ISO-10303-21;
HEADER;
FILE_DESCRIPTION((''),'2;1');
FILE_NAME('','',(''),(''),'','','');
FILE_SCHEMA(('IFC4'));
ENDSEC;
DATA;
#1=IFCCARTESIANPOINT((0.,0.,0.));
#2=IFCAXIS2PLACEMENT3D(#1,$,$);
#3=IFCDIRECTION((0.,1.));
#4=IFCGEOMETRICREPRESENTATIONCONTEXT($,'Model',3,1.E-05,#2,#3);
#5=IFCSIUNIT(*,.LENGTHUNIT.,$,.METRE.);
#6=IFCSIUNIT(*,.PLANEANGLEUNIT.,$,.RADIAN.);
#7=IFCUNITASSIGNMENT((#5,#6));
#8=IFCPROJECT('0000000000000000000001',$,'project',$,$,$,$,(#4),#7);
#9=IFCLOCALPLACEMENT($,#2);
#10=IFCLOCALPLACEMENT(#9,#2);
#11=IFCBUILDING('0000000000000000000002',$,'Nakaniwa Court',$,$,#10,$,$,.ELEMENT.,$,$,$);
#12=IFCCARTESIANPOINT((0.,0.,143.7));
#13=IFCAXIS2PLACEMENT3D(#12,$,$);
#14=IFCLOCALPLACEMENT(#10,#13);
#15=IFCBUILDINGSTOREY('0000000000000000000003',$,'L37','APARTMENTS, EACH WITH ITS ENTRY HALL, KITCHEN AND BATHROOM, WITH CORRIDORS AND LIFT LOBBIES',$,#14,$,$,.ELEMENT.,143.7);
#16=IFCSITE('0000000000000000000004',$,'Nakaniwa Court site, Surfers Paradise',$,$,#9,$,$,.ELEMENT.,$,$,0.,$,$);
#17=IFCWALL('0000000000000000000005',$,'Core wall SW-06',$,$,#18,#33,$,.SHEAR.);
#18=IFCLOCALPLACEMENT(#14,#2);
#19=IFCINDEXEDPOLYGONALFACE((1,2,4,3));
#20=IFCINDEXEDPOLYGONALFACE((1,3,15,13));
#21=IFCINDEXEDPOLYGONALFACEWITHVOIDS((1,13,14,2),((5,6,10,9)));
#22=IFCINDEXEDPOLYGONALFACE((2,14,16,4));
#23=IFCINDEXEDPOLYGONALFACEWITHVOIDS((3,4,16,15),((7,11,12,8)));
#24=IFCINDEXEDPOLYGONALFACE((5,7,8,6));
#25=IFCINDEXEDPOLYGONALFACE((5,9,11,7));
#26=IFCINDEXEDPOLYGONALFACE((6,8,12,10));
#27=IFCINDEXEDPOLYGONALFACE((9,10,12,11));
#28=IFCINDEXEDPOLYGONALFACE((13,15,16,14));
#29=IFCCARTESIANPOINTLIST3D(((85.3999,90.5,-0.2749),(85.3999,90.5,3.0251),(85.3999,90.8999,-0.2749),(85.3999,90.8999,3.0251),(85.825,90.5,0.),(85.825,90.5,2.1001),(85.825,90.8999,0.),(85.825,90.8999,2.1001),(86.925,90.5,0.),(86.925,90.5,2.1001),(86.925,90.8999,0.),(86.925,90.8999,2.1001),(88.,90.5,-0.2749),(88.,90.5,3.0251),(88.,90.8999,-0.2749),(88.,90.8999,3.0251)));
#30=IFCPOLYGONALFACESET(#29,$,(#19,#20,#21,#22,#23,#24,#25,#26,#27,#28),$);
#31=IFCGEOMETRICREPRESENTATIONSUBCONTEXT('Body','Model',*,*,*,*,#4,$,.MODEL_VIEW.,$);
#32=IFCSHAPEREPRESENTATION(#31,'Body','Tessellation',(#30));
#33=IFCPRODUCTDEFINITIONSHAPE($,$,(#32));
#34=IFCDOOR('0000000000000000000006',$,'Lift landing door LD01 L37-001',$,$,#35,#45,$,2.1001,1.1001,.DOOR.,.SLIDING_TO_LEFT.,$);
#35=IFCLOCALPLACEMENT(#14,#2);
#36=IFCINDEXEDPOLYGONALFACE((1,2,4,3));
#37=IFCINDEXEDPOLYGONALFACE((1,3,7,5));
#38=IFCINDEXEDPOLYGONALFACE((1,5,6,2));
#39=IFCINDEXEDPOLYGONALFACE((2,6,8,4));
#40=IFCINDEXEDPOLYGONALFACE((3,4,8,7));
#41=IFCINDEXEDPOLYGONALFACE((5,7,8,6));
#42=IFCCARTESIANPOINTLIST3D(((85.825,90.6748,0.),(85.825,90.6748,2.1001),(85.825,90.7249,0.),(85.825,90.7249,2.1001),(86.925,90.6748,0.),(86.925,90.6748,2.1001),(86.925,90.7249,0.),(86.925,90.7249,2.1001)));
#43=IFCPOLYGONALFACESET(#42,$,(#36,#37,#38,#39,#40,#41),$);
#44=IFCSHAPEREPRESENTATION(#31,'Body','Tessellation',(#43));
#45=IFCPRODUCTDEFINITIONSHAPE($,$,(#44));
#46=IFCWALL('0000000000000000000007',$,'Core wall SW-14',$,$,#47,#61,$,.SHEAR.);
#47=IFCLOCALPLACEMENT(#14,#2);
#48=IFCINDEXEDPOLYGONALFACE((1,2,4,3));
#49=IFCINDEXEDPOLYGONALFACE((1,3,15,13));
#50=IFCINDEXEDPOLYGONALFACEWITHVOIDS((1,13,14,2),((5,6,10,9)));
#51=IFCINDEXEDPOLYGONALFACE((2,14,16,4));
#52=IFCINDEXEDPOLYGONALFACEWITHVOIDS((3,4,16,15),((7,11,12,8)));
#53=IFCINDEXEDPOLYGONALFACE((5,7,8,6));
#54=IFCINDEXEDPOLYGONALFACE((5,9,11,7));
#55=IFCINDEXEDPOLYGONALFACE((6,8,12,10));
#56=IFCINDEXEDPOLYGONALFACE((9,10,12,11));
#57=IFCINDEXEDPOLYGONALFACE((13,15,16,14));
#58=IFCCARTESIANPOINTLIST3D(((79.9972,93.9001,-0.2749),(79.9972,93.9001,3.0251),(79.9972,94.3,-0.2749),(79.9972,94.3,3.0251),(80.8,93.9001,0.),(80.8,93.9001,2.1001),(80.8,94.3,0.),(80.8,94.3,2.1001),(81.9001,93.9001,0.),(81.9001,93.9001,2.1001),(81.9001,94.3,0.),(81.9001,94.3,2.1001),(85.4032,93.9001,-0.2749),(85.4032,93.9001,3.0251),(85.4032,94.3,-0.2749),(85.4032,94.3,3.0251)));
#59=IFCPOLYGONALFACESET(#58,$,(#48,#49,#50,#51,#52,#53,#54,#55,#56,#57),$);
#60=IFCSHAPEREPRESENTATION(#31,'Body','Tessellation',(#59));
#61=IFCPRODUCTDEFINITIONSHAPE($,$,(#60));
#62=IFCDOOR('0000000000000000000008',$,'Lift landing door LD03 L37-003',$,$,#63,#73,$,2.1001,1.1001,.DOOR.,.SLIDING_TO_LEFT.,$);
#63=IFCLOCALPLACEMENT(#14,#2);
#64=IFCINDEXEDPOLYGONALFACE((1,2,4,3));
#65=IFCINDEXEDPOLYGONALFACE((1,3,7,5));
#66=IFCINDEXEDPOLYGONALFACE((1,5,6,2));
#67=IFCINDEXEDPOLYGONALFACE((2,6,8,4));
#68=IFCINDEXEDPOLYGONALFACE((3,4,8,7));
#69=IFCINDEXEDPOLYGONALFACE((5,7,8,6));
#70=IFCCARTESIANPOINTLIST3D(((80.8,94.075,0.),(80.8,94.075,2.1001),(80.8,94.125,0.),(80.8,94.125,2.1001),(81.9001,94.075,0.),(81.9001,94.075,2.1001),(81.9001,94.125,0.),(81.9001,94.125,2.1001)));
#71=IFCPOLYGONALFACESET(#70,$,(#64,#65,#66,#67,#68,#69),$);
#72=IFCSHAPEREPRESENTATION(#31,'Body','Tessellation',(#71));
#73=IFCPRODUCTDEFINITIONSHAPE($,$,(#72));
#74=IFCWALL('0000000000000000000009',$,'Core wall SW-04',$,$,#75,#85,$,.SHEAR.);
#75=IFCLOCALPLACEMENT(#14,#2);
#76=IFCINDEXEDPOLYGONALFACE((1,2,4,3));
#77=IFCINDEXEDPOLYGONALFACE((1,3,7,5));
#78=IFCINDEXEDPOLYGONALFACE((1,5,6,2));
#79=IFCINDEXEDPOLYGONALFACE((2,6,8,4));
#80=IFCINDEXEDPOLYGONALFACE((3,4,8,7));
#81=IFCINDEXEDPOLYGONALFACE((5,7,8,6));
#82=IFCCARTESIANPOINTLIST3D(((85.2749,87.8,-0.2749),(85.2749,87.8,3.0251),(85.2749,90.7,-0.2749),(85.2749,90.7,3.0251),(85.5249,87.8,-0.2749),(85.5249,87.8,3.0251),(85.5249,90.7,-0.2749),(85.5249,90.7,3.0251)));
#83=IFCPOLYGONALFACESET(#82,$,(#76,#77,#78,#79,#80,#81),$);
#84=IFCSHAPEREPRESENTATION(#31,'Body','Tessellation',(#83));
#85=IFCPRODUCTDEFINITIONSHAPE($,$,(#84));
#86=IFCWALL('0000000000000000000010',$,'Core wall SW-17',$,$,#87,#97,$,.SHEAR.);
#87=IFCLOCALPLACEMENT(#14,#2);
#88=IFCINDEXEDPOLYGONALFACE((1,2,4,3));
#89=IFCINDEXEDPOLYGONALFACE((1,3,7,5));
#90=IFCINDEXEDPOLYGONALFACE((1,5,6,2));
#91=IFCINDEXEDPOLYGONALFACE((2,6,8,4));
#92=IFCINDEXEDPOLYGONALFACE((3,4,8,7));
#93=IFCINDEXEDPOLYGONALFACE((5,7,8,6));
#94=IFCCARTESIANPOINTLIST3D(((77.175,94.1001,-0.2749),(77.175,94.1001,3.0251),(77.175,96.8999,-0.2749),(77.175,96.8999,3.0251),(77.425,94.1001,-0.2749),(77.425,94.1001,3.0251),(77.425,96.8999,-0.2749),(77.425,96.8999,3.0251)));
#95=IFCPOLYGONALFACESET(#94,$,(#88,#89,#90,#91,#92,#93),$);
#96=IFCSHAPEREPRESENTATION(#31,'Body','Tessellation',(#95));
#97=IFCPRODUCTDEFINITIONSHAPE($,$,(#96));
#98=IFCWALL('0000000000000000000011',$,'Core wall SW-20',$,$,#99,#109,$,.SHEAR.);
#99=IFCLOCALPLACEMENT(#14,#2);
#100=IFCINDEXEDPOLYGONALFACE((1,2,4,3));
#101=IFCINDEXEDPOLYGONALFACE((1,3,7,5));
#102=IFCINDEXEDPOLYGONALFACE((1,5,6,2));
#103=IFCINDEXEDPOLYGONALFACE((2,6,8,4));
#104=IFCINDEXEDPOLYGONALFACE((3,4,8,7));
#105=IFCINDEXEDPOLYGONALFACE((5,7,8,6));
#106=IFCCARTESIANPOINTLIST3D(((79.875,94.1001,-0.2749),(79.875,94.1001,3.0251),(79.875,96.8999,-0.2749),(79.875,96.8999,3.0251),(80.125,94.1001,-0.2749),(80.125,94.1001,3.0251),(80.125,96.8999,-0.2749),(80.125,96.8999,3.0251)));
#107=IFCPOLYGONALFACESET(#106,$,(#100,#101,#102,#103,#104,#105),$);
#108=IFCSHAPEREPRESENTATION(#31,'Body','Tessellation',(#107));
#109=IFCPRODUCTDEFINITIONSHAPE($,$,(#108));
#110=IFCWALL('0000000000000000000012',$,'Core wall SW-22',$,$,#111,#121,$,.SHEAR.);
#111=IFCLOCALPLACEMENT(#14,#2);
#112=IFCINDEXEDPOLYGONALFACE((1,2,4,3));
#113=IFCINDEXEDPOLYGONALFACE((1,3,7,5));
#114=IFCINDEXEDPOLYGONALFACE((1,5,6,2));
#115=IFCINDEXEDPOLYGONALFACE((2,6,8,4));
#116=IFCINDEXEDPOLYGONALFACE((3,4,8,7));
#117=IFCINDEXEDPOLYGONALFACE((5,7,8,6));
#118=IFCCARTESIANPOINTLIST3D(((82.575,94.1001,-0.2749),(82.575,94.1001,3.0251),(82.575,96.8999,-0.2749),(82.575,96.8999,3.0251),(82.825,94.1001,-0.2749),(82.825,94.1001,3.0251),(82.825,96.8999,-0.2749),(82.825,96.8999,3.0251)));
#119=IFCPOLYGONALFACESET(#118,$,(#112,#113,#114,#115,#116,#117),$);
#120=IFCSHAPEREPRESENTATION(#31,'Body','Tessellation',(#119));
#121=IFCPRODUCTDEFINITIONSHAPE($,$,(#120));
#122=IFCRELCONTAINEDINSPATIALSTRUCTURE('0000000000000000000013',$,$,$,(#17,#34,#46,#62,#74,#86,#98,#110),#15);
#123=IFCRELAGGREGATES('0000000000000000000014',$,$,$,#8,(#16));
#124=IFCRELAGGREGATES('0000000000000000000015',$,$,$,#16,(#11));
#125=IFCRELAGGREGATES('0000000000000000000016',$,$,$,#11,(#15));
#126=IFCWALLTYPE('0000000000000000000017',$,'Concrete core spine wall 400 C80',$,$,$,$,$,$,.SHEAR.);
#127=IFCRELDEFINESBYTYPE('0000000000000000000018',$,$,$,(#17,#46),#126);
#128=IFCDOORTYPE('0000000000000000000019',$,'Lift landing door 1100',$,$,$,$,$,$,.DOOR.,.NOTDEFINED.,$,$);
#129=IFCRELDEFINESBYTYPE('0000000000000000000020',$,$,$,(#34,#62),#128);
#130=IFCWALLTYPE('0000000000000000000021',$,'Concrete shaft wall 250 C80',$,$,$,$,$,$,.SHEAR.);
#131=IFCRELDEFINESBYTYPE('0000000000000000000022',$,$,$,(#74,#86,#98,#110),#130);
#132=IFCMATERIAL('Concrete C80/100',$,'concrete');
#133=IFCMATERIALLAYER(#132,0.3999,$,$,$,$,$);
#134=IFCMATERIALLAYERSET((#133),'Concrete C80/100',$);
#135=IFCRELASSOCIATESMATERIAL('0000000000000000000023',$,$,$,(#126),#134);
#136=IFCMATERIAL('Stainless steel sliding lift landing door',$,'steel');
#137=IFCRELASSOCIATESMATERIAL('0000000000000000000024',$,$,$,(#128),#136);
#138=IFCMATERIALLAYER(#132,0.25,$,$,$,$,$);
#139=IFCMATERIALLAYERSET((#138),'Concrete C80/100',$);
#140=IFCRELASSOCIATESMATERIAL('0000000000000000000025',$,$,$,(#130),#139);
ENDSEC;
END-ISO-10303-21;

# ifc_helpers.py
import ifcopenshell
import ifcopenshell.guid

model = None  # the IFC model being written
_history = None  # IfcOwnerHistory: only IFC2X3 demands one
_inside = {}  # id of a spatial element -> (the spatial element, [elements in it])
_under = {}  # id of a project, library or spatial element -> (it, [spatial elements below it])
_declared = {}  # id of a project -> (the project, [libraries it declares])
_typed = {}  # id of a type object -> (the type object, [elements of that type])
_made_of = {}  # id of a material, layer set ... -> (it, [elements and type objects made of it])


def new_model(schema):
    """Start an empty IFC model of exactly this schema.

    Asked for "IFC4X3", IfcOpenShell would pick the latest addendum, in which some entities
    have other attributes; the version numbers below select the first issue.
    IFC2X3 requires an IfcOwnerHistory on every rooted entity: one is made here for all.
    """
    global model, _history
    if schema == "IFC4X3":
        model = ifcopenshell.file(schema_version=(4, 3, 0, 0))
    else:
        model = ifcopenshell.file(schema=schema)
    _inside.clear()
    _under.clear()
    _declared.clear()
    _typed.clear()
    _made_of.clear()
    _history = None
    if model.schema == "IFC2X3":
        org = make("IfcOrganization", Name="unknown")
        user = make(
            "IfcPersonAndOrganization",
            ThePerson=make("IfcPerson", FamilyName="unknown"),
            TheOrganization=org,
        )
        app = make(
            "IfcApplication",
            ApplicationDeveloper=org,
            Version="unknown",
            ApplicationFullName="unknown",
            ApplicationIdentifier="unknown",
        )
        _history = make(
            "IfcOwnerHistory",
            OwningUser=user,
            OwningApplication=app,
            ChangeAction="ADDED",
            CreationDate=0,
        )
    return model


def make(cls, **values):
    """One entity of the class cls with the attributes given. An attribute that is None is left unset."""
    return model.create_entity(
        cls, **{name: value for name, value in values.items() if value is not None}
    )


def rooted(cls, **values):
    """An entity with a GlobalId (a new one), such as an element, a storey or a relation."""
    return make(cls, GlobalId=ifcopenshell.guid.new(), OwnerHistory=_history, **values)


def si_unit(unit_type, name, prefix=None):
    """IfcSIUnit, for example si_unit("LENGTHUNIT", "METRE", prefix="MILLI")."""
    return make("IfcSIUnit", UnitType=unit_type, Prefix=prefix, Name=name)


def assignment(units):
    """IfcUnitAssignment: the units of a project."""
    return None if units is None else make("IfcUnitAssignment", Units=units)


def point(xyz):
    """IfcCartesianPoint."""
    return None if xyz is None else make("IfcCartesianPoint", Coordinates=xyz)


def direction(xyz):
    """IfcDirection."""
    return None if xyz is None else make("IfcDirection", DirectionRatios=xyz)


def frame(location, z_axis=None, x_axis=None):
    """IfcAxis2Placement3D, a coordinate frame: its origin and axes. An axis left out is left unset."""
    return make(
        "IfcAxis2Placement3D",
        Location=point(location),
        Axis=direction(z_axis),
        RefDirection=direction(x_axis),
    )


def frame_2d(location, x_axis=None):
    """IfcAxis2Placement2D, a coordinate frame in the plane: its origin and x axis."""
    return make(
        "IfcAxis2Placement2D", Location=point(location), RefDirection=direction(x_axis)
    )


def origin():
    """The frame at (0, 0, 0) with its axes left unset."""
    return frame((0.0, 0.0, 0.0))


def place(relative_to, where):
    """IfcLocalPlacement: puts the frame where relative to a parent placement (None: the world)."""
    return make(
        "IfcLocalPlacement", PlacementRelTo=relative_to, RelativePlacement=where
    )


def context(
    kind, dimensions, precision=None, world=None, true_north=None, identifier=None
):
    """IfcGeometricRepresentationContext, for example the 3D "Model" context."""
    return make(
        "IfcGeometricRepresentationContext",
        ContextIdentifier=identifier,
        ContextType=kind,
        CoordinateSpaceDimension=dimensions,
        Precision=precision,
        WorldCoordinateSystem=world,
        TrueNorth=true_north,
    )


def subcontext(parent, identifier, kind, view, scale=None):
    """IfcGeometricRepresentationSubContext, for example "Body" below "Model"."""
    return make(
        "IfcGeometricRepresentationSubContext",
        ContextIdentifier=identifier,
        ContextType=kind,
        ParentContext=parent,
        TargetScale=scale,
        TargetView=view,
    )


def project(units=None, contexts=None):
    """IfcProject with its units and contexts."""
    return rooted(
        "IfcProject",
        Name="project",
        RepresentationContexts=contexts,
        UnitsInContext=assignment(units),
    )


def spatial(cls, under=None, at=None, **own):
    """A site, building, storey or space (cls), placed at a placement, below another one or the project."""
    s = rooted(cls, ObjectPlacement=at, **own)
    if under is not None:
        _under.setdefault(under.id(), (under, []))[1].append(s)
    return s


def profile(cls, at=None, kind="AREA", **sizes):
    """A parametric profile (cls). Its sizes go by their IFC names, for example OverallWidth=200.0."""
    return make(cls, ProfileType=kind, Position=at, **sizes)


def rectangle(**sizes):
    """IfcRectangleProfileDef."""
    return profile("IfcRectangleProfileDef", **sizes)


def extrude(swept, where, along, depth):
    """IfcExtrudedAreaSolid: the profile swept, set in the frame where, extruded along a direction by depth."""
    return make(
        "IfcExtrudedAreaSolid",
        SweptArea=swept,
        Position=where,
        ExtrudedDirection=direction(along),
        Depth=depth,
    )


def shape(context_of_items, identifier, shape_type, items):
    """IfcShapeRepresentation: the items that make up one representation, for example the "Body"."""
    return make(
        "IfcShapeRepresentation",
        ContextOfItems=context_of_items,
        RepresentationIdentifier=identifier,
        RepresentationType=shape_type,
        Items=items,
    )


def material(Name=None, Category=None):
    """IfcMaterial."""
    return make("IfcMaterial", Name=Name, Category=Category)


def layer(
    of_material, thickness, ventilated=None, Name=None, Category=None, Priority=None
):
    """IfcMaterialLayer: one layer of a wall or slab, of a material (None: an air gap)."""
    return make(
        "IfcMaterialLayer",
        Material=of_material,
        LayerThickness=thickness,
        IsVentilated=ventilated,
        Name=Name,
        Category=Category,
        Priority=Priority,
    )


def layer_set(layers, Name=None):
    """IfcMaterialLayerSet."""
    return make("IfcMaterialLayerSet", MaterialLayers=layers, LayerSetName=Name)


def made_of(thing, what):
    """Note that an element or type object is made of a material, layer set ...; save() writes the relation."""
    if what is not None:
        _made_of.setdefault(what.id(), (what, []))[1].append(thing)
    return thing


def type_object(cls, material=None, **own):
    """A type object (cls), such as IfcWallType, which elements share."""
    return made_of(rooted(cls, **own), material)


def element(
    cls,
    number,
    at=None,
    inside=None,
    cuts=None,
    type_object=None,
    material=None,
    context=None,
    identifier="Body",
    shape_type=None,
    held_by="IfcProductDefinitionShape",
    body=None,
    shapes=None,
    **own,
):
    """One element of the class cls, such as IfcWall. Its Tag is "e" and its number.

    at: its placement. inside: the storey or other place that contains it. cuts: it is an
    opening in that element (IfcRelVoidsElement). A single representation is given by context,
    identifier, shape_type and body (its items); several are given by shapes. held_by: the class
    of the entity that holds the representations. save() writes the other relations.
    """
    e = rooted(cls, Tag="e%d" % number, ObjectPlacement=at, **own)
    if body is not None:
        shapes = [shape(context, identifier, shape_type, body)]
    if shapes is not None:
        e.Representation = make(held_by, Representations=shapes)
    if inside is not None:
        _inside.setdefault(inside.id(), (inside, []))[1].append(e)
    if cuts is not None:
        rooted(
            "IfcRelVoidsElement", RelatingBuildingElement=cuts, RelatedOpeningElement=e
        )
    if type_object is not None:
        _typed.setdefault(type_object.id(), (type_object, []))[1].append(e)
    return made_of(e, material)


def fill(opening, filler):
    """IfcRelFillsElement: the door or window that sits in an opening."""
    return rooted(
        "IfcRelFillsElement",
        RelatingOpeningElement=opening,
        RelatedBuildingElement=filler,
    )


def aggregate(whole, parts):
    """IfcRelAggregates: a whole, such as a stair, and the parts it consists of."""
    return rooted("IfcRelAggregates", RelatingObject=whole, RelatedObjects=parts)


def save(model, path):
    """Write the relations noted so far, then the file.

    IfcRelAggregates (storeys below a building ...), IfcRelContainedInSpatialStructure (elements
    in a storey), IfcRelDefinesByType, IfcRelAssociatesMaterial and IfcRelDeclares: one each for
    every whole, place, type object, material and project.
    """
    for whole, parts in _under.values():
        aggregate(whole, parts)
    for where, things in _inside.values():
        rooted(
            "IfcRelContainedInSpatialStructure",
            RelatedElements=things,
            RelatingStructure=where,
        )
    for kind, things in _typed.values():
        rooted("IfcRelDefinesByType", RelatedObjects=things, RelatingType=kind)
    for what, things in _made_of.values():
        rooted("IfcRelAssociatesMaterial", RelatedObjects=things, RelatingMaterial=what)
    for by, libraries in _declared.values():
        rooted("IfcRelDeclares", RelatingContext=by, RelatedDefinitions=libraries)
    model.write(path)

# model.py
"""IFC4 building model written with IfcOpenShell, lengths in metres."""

from ifc_helpers import new_model, si_unit, direction, frame, frame_2d, origin, place, context, subcontext, project, spatial, rectangle, extrude, material, layer, layer_set, type_object, element, fill, save


model = new_model("IFC4")

# Units and contexts
model_context = context("Model", 3, precision=1e-05, world=origin(), true_north=direction((0.0, 1.0)))
body_context = subcontext(model_context, "Body", "Model", "MODEL_VIEW")
ifc_project = project(units=[si_unit("LENGTHUNIT", "METRE"), si_unit("PLANEANGLEUNIT", "RADIAN")], contexts=[model_context])

# Site, building, storey
site_placement = place(None, origin())
site = spatial("IfcSite", under=ifc_project, at=site_placement, Name="Nakaniwa Court site, Surfers Paradise", CompositionType="ELEMENT", RefElevation=0.0)
building_placement = place(site_placement, origin())
building = spatial("IfcBuilding", under=site, at=building_placement, Name="Nakaniwa Court", CompositionType="ELEMENT")
storey_placement = place(building_placement, frame((0.0, 0.0, 143.7)))
storey = spatial("IfcBuildingStorey", under=building, at=storey_placement, Name="L37", Description="APARTMENTS, EACH WITH ITS ENTRY HALL, KITCHEN AND BATHROOM, WITH CORRIDORS AND LIFT LOBBIES", CompositionType="ELEMENT", Elevation=143.7)

# Walls, openings, doors
ifc_material_1 = material(Name="Concrete C80/100", Category="concrete")
ifc_layer_1 = layer(ifc_material_1, 0.3999)
ifc_layer_set_1 = layer_set([ifc_layer_1], Name="Concrete C80/100")
wall_type_1 = type_object("IfcWallType", Name="Concrete core spine wall 400 C80", PredefinedType="SHEAR", material=ifc_layer_set_1)
wall_1_placement = place(storey_placement, frame((85.3999, 90.7, -0.2749), z_axis=(0.0, 0.0, 1.0), x_axis=(1.0, 0.0, 0.0)))
wall_1 = element("IfcWall", 1, at=wall_1_placement, inside=storey, type_object=wall_type_1, Name="Core wall SW-06", PredefinedType="SHEAR", context=body_context, shape_type="SweptSolid", body=[
    extrude(rectangle(XDim=2.6001, YDim=0.3999, at=frame_2d((1.3, 0.0))), origin(), (0.0, 0.0, 1.0), 3.3),
])
opening_1_placement = place(wall_1_placement, frame((0.425, 0.0, 0.2749)))
opening_1 = element("IfcOpeningElement", 2, at=opening_1_placement, cuts=wall_1, PredefinedType="OPENING", context=body_context, shape_type="SweptSolid", body=[
    extrude(rectangle(XDim=1.1001, YDim=2.1001, at=frame_2d((0.55, 1.05))), frame((0.0, 0.21, 0.0), z_axis=(0.0, -1.0, 0.0), x_axis=(1.0, 0.0, 0.0)), (0.0, 0.0, 1.0), 0.4199),
])
ifc_material_2 = material(Name="Stainless steel sliding lift landing door", Category="steel")
door_type_1 = type_object("IfcDoorType", Name="Lift landing door 1100", OperationType="NOTDEFINED", PredefinedType="DOOR", material=ifc_material_2)
door_1_placement = place(opening_1_placement, origin())
door_1 = element("IfcDoor", 3, at=door_1_placement, inside=storey, type_object=door_type_1, Name="Lift landing door LD01 L37-001", OperationType="SLIDING_TO_LEFT", OverallHeight=2.1001, OverallWidth=1.1001, PredefinedType="DOOR", context=body_context, shape_type="SweptSolid", body=[
    extrude(rectangle(XDim=1.1001, YDim=2.1001, at=frame_2d((0.55, 1.05))), frame((0.0, 0.0249, 0.0), z_axis=(0.0, -1.0, 0.0), x_axis=(1.0, 0.0, 0.0)), (0.0, 0.0, 1.0), 0.05),
])
fill(opening_1, door_1)
wall_2_placement = place(storey_placement, frame((79.9971, 94.1001, -0.2749), z_axis=(0.0, 0.0, 1.0), x_axis=(1.0, 0.0, 0.0)))
wall_2 = element("IfcWall", 4, at=wall_2_placement, inside=storey, type_object=wall_type_1, Name="Core wall SW-14", PredefinedType="SHEAR", context=body_context, shape_type="SweptSolid", body=[
    extrude(rectangle(XDim=5.406, YDim=0.3999, at=frame_2d((2.7031, 0.0))), origin(), (0.0, 0.0, 1.0), 3.3),
])
opening_2_placement = place(wall_2_placement, frame((0.803, 0.0, 0.2749)))
opening_2 = element("IfcOpeningElement", 5, at=opening_2_placement, cuts=wall_2, PredefinedType="OPENING", context=body_context, shape_type="SweptSolid", body=[
    extrude(rectangle(XDim=1.1001, YDim=2.1001, at=frame_2d((0.55, 1.05))), frame((0.0, 0.21, 0.0), z_axis=(0.0, -1.0, 0.0), x_axis=(1.0, 0.0, 0.0)), (0.0, 0.0, 1.0), 0.4199),
])
door_2_placement = place(opening_2_placement, origin())
door_2 = element("IfcDoor", 6, at=door_2_placement, inside=storey, type_object=door_type_1, Name="Lift landing door LD03 L37-003", OperationType="SLIDING_TO_LEFT", OverallHeight=2.1001, OverallWidth=1.1001, PredefinedType="DOOR", context=body_context, shape_type="SweptSolid", body=[
    extrude(rectangle(XDim=1.1001, YDim=2.1001, at=frame_2d((0.55, 1.05))), frame((0.0, 0.0249, 0.0), z_axis=(0.0, -1.0, 0.0), x_axis=(1.0, 0.0, 0.0)), (0.0, 0.0, 1.0), 0.05),
])
fill(opening_2, door_2)

# Walls
ifc_layer_2 = layer(ifc_material_1, 0.25)
ifc_layer_set_2 = layer_set([ifc_layer_2], Name="Concrete C80/100")
wall_type_2 = type_object("IfcWallType", Name="Concrete shaft wall 250 C80", PredefinedType="SHEAR", material=ifc_layer_set_2)
wall_3_placement = place(storey_placement, frame((85.3999, 87.8, -0.2749), z_axis=(0.0, 0.0, 1.0), x_axis=(0.0, 1.0, 0.0)))
element("IfcWall", 7, at=wall_3_placement, inside=storey, type_object=wall_type_2, Name="Core wall SW-04", PredefinedType="SHEAR", context=body_context, shape_type="SweptSolid", body=[
    extrude(rectangle(XDim=2.8999, YDim=0.25, at=frame_2d((1.45, 0.0))), origin(), (0.0, 0.0, 1.0), 3.3),
])
for number, where, z_axis, x_axis, name in (
    (8, (77.3, 94.1001, -0.2749), (0.0, 0.0, 1.0), (0.0, 1.0, 0.0), "Core wall SW-17"),
    (9, (80.0, 94.1001, -0.2749), (0.0, 0.0, 1.0), (0.0, 1.0, 0.0), "Core wall SW-20"),
    (10, (82.7, 94.1001, -0.2749), (0.0, 0.0, 1.0), (0.0, 1.0, 0.0), "Core wall SW-22"),
):
    element("IfcWall", number, at=place(storey_placement, frame(where, z_axis=z_axis, x_axis=x_axis)), inside=storey, type_object=wall_type_2, Name=name, PredefinedType="SHEAR", context=body_context, shape_type="SweptSolid", body=[
        extrude(rectangle(XDim=2.7998, YDim=0.25, at=frame_2d((1.3999, 0.0))), origin(), (0.0, 0.0, 1.0), 3.3),
    ])

save(model, "model.ifc")
